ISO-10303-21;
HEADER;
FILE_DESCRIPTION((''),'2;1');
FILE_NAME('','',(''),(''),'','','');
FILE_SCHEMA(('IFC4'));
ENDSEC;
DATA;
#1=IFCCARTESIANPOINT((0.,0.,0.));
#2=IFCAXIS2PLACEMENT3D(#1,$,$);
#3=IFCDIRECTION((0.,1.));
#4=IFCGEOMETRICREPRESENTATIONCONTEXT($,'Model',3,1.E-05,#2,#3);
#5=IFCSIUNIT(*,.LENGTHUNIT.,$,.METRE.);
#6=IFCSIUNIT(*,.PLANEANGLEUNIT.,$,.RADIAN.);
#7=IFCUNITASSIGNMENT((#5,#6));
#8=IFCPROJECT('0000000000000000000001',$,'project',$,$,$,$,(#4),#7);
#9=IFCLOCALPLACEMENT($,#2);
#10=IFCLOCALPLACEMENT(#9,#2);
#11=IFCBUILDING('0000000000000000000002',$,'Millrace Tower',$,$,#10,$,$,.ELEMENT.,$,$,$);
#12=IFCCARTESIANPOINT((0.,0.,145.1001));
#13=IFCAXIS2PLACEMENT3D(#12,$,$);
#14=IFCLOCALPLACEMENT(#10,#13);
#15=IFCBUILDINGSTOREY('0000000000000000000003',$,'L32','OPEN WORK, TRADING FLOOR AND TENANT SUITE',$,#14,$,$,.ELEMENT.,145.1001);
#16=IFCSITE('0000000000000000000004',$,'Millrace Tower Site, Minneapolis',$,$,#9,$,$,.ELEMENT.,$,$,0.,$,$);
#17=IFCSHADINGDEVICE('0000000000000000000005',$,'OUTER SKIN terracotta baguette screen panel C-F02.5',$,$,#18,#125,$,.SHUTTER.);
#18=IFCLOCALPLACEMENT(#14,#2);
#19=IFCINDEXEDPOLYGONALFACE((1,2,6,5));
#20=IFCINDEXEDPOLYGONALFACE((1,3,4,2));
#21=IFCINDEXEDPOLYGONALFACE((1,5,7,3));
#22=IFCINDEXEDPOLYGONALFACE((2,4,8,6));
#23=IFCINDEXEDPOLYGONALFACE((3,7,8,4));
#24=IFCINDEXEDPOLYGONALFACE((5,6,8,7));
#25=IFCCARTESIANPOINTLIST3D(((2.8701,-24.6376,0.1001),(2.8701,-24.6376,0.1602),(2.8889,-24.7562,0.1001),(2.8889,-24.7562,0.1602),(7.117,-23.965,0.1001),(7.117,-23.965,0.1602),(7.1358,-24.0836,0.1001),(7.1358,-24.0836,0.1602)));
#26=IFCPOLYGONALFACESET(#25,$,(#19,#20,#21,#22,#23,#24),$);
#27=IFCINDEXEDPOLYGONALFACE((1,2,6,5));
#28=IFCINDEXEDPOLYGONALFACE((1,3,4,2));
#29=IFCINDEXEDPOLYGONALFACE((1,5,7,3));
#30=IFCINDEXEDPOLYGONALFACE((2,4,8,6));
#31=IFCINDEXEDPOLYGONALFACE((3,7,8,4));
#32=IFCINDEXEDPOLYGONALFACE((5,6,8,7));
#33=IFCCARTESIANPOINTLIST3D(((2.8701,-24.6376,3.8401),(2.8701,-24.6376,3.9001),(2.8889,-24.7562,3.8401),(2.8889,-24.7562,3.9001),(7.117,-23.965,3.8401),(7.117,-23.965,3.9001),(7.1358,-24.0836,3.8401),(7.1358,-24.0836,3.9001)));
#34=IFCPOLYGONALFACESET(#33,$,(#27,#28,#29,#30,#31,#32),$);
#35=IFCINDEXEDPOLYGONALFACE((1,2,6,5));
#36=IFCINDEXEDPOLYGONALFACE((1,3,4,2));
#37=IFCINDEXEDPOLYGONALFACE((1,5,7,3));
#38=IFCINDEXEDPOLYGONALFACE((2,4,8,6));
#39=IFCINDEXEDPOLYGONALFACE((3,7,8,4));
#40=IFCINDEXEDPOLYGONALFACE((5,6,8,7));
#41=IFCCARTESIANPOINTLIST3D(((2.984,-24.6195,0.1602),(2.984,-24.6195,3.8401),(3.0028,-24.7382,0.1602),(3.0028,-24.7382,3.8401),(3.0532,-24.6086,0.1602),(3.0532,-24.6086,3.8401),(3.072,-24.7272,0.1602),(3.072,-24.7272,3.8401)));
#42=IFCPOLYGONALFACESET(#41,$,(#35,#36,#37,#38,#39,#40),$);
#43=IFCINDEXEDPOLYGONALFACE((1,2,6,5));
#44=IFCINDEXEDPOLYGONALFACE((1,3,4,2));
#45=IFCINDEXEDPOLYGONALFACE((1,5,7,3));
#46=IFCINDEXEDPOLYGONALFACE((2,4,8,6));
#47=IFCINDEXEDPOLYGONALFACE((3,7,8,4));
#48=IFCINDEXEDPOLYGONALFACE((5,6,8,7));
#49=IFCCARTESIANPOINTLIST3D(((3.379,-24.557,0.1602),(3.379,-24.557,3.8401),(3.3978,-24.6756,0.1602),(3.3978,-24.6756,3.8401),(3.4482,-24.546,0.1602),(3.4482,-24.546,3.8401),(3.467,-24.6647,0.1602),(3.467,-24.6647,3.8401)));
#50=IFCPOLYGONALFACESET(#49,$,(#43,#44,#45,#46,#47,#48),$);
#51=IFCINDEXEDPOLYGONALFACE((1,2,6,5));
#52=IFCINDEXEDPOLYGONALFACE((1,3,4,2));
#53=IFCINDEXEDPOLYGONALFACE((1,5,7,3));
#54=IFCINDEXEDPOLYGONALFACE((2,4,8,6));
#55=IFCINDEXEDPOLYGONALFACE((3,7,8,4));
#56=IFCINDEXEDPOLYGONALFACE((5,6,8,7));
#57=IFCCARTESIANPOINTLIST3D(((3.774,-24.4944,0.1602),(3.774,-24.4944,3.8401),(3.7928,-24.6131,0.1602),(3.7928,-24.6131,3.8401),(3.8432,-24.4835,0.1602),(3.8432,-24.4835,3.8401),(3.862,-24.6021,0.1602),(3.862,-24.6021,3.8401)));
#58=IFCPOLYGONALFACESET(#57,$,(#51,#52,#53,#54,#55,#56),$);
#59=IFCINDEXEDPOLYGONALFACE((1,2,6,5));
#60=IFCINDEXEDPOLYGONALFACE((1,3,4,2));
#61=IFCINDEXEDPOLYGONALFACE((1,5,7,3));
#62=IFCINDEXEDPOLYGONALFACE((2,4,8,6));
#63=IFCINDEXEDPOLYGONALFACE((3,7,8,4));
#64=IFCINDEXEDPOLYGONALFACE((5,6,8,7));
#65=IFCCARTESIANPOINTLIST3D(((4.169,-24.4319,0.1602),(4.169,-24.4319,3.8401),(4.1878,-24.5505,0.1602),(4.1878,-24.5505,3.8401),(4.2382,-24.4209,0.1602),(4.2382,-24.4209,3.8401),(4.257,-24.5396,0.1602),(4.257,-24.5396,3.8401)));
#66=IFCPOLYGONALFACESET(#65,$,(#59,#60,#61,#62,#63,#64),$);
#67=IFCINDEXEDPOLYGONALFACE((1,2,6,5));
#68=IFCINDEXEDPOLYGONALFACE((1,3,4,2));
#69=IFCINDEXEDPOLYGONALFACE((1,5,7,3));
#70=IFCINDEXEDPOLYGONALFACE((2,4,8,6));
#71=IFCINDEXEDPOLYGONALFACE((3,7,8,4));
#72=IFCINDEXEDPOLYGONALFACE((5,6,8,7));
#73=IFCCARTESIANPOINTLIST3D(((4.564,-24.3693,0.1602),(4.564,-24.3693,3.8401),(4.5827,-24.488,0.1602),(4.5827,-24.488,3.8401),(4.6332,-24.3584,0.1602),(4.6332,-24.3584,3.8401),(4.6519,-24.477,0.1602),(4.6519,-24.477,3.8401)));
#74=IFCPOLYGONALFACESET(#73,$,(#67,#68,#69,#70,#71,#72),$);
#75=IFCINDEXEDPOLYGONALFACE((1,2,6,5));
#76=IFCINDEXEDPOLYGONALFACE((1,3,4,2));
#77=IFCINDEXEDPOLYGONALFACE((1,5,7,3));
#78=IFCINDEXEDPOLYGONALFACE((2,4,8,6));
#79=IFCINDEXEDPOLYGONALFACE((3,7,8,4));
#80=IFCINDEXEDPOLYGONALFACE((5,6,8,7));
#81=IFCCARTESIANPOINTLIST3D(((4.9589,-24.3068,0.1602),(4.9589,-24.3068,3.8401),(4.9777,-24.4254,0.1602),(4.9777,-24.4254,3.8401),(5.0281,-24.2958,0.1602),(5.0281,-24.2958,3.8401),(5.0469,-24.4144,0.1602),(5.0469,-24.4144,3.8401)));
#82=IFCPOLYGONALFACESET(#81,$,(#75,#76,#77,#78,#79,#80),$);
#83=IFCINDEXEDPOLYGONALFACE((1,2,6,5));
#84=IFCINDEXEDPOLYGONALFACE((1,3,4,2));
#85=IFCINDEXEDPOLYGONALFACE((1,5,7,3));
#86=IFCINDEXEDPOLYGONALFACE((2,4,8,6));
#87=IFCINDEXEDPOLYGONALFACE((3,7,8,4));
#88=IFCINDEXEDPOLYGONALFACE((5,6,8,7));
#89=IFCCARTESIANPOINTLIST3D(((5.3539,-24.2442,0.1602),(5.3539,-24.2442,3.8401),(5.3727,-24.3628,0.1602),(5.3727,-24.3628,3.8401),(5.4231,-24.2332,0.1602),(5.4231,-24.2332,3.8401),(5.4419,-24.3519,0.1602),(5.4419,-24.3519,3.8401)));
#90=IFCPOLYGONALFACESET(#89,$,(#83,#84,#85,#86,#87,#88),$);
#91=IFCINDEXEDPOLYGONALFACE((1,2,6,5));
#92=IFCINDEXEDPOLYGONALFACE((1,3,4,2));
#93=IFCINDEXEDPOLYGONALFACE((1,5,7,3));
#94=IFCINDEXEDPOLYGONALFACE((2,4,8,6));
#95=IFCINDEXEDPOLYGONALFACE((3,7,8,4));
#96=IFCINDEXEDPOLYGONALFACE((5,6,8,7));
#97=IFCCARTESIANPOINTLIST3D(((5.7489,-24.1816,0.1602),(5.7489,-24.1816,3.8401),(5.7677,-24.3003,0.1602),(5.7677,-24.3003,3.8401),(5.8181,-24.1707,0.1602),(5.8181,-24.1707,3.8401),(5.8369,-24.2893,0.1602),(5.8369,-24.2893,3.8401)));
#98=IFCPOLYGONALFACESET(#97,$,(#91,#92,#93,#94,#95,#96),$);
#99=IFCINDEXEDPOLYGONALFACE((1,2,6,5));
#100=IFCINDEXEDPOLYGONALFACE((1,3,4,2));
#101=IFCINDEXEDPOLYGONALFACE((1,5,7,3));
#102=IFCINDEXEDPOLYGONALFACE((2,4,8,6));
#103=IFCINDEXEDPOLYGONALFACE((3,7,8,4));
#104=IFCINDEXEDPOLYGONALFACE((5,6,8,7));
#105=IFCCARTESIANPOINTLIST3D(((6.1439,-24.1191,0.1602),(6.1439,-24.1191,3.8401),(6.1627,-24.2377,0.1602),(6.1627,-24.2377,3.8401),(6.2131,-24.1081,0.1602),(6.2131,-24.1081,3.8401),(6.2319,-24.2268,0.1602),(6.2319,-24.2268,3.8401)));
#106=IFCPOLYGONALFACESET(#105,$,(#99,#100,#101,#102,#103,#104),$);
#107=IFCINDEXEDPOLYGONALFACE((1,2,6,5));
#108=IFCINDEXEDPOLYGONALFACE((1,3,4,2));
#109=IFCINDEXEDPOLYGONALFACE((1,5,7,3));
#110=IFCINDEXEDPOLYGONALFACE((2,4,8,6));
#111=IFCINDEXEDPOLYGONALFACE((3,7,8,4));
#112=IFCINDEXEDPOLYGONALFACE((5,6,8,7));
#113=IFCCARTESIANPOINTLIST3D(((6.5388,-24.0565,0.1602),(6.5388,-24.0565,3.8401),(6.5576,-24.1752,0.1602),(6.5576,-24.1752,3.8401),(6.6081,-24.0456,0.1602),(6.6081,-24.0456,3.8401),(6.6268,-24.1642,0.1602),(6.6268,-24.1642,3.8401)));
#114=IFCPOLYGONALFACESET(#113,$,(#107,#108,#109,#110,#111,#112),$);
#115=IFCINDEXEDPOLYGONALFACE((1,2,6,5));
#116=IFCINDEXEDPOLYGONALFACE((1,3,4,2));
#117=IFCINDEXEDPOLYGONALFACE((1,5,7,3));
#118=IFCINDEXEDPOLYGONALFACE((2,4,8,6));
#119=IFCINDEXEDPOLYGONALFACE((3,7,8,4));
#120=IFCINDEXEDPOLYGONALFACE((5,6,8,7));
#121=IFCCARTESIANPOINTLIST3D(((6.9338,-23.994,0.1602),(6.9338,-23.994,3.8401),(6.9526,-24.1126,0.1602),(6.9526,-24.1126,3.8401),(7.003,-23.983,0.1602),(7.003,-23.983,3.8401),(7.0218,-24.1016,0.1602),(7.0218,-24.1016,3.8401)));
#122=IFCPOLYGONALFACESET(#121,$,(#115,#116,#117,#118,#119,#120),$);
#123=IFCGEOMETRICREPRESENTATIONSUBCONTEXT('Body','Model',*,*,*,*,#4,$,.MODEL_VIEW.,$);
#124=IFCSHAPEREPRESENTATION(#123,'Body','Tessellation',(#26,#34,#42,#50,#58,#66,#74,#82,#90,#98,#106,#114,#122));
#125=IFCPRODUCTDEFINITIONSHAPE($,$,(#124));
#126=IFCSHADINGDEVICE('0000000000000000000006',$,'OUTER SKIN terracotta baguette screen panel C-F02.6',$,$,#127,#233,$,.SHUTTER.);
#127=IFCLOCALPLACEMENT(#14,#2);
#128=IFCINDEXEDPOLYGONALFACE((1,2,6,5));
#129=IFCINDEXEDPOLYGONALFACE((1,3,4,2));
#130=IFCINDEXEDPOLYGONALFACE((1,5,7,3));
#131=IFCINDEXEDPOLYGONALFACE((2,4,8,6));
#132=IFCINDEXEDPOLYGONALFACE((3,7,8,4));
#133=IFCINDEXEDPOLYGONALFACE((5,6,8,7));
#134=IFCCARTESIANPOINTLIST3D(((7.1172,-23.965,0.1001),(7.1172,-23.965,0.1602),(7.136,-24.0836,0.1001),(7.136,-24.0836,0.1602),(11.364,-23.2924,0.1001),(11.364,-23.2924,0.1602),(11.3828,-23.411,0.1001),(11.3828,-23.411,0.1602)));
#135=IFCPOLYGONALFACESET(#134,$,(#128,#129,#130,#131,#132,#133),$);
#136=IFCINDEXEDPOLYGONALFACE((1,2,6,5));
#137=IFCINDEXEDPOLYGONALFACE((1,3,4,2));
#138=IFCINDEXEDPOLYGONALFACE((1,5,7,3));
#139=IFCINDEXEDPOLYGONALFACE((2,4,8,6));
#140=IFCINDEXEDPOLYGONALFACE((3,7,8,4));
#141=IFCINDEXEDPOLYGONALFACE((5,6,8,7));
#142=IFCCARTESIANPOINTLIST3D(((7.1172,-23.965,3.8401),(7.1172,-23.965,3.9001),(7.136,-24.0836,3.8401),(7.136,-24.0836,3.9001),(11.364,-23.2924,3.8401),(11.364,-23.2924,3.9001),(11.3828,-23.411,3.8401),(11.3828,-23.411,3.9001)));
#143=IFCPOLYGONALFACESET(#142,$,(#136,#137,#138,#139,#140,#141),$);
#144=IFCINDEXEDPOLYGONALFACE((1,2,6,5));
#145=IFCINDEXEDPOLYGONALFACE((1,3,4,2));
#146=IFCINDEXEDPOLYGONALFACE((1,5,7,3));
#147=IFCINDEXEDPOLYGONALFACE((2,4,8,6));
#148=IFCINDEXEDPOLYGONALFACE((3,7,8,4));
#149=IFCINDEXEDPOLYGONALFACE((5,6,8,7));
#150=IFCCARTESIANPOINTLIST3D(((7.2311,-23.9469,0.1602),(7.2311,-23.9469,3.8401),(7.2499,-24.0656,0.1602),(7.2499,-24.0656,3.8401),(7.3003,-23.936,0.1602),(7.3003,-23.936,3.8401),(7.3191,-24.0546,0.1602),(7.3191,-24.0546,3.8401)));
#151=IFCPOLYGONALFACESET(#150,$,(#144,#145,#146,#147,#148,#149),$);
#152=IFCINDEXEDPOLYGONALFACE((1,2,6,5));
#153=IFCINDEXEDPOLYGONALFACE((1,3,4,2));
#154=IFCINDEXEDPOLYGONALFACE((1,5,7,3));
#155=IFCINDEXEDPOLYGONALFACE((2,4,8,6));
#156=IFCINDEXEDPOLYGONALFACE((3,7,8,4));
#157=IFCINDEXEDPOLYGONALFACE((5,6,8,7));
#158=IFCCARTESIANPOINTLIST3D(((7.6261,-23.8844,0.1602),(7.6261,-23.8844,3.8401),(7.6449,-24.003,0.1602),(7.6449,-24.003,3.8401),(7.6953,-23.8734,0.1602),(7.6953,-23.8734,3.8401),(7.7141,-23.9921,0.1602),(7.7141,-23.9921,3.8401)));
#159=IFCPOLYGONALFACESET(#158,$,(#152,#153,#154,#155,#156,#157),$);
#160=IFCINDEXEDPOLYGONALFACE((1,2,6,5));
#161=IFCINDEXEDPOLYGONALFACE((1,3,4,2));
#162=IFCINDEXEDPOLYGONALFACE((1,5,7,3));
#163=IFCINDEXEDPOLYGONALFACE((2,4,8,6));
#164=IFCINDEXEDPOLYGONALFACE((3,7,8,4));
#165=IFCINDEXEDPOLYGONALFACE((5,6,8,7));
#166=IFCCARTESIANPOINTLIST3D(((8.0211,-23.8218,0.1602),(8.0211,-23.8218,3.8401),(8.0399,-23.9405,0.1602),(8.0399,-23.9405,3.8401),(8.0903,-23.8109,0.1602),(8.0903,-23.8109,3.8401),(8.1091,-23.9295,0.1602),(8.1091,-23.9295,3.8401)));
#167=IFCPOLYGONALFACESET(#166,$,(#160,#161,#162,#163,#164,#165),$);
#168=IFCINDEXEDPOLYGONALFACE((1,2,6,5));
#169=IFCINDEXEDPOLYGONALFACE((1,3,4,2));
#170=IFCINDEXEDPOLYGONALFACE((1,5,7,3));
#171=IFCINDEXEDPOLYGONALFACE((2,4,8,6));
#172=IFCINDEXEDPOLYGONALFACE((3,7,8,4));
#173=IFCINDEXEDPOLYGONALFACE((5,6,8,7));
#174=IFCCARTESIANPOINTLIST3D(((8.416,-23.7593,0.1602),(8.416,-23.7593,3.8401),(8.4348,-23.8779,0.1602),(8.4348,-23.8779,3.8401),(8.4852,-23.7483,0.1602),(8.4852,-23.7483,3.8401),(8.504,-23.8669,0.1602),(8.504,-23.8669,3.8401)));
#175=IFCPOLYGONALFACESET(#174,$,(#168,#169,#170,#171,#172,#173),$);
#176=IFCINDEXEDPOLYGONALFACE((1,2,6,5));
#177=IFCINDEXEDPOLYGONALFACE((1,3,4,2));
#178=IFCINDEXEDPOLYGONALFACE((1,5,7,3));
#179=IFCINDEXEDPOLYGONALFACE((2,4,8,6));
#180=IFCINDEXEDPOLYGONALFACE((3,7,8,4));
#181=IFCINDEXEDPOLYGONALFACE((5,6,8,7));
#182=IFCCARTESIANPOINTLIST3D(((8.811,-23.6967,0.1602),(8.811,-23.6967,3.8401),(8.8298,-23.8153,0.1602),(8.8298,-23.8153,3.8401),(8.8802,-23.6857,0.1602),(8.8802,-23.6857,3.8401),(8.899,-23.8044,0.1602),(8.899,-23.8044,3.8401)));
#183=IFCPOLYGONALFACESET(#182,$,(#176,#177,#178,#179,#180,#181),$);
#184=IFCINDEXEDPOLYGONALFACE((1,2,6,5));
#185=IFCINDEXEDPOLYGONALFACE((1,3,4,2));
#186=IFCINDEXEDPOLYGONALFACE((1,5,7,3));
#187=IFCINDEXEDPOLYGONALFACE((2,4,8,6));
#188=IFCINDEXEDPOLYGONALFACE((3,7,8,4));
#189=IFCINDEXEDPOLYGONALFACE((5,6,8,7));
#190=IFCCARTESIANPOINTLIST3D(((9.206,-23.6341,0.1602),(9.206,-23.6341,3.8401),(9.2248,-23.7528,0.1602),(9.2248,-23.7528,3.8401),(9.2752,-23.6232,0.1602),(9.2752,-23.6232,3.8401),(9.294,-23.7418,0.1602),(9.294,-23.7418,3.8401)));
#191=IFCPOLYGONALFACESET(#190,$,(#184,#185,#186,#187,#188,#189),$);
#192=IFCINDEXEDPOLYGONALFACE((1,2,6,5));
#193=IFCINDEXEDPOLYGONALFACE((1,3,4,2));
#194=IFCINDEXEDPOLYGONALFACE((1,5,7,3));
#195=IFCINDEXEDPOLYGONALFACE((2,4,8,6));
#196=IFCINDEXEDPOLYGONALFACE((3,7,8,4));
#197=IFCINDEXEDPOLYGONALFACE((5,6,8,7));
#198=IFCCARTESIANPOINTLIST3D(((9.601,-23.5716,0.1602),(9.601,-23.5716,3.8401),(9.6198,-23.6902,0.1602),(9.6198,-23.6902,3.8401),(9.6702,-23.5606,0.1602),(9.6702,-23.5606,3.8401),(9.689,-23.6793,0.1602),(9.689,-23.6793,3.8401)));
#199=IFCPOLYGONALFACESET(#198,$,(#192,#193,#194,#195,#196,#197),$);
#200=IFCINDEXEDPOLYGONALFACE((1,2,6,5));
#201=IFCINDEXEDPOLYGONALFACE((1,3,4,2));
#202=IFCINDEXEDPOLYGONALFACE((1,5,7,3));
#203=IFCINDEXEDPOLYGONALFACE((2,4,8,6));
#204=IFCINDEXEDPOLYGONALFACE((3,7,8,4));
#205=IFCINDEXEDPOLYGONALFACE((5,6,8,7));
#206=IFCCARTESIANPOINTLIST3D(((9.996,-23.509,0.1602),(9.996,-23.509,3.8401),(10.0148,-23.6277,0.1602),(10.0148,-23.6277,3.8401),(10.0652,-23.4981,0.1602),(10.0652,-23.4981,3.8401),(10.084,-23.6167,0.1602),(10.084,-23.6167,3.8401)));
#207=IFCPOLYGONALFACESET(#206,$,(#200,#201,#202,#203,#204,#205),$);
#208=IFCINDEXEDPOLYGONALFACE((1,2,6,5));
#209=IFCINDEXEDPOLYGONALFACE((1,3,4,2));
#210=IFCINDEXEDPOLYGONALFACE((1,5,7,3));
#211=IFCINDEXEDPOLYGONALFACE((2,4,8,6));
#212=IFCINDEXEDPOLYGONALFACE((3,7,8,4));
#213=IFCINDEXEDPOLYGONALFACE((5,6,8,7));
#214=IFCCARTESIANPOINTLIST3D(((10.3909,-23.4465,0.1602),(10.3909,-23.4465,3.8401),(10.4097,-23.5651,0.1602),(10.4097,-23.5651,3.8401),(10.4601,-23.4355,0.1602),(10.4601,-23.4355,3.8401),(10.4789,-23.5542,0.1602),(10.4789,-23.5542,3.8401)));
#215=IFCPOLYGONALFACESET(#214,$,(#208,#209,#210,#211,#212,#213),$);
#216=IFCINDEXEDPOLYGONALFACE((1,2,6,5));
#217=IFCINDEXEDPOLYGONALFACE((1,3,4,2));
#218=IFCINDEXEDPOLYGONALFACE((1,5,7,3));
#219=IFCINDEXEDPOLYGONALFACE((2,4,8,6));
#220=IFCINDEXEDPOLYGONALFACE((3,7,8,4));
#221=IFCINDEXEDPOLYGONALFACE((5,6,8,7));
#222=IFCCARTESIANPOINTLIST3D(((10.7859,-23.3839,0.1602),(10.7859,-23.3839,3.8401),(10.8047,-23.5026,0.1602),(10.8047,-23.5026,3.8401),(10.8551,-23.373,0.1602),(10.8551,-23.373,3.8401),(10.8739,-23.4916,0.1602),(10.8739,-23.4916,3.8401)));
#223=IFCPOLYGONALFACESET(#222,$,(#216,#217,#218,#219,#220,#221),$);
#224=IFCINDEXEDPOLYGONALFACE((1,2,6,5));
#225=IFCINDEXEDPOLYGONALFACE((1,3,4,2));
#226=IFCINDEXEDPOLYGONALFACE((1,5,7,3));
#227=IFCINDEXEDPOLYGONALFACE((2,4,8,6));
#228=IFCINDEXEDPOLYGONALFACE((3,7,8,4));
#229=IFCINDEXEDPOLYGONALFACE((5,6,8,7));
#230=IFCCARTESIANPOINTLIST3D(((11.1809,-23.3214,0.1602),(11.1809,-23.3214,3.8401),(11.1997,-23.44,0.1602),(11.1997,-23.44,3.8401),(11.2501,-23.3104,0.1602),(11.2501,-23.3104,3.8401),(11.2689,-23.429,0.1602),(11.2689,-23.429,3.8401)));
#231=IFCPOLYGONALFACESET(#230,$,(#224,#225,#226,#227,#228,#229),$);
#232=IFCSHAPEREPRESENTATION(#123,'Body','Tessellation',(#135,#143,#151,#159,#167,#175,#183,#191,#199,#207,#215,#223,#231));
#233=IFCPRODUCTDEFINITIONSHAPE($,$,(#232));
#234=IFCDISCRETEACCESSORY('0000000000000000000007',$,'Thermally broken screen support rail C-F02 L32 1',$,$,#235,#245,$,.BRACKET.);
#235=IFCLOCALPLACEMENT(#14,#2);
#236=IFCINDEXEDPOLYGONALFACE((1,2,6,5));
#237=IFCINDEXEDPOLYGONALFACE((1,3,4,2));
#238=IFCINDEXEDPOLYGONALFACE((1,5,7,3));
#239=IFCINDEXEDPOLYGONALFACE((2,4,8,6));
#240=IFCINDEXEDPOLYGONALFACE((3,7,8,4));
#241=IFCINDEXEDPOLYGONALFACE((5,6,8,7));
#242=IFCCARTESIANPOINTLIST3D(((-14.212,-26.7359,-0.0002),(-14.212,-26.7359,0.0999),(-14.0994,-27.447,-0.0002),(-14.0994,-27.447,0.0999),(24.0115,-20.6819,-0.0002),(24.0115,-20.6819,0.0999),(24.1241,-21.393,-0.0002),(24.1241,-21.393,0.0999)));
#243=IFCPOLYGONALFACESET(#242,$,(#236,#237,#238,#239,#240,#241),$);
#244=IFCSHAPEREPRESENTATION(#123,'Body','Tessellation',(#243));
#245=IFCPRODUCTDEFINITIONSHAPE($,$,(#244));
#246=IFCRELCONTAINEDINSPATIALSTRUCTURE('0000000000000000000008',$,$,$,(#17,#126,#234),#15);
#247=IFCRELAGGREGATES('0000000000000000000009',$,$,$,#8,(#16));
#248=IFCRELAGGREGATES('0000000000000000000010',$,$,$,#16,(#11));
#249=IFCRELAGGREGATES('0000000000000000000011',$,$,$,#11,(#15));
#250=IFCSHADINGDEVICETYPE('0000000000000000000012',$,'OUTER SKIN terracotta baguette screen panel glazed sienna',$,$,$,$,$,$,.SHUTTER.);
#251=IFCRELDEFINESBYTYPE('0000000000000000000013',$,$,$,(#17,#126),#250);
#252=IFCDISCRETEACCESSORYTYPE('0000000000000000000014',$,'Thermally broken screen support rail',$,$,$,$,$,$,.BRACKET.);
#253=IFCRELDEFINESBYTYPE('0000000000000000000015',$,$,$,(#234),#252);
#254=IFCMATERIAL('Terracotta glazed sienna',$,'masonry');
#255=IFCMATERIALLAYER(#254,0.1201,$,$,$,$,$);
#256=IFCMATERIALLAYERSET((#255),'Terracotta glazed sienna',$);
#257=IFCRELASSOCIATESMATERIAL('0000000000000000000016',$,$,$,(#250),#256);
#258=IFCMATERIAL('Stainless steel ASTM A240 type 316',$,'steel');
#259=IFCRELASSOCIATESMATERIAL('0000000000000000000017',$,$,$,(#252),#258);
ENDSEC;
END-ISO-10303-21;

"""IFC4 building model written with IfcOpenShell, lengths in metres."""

from ifc_helpers import new_model, entity, si_unit, direction, frame, frame_2d, origin, origin_2d, place, context, subcontext, project, spatial, rectangle, extrude, source, transform, mapped, material, layer, layer_set, type_object, element, save


model = new_model("IFC4")

# Units and contexts
model_context = context("Model", 3, precision=1e-05, world=origin(), true_north=direction((0.0, 1.0)))
body_context = subcontext(model_context, "Body", "Model", "MODEL_VIEW")
ifc_project = project(units=[si_unit("LENGTHUNIT", "METRE"), si_unit("PLANEANGLEUNIT", "RADIAN")], contexts=[model_context])

# Site, building, storey
site_placement = place(None, origin())
site = spatial("IfcSite", under=ifc_project, at=site_placement, Name="Millrace Tower Site, Minneapolis", CompositionType="ELEMENT", RefElevation=0.0)
building_placement = place(site_placement, origin())
building = spatial("IfcBuilding", under=site, at=building_placement, Name="Millrace Tower", CompositionType="ELEMENT")
storey_placement = place(building_placement, frame((0.0, 0.0, 145.1001)))
storey = spatial("IfcBuildingStorey", under=building, at=storey_placement, Name="L32", Description="OPEN WORK, TRADING FLOOR AND TENANT SUITE", CompositionType="ELEMENT", Elevation=145.1001)

# Shading devices
ifc_material_1 = material(Name="Terracotta glazed sienna", Category="masonry")
ifc_layer_1 = layer(ifc_material_1, 0.1201)
ifc_layer_set_1 = layer_set([ifc_layer_1], Name="Terracotta glazed sienna")
shading_device_type = type_object("IfcShadingDeviceType", Name="OUTER SKIN terracotta baguette screen panel glazed sienna", PredefinedType="SHUTTER", material=ifc_layer_set_1)
cartesian_point = entity("IfcCartesianPoint", [-2.1499, 0.0601])
shared_polyline = entity("IfcPolyline", [cartesian_point, entity("IfcCartesianPoint", [2.1499, 0.0601]), entity("IfcCartesianPoint", [2.1499, -0.0601]), entity("IfcCartesianPoint", [-2.1499, -0.0601]), cartesian_point])
shared_shape = source(origin(), body_context, "Body", "SweptSolid", [
    entity("IfcExtrudedAreaSolid", entity("IfcArbitraryClosedProfileDef", "AREA", None, shared_polyline), entity("IfcAxis2Placement3D", entity("IfcCartesianPoint", [0.0, 0.0, 0.0])), entity("IfcDirection", [0.0, 0.0, 1.0]), 0.0601),
    entity("IfcExtrudedAreaSolid", entity("IfcArbitraryClosedProfileDef", "AREA", None, shared_polyline), entity("IfcAxis2Placement3D", entity("IfcCartesianPoint", [0.0, 0.0, 3.74])), entity("IfcDirection", [0.0, 0.0, 1.0]), 0.0601),
    extrude(rectangle(XDim=0.0701, YDim=0.1201, at=frame_2d((-1.9995, 0.0))), frame((0.0, 0.0, 0.0601)), (0.0, 0.0, 1.0), 3.6799),
    extrude(rectangle(XDim=0.0701, YDim=0.1201, at=frame_2d((-1.5996, 0.0))), frame((0.0, 0.0, 0.0601)), (0.0, 0.0, 1.0), 3.6799),
    extrude(rectangle(XDim=0.0701, YDim=0.1201, at=frame_2d((-1.1997, 0.0))), frame((0.0, 0.0, 0.0601)), (0.0, 0.0, 1.0), 3.6799),
    extrude(rectangle(XDim=0.0701, YDim=0.1201, at=frame_2d((-0.7998, 0.0))), frame((0.0, 0.0, 0.0601)), (0.0, 0.0, 1.0), 3.6799),
    extrude(rectangle(XDim=0.0701, YDim=0.1201, at=frame_2d((-0.3999, 0.0))), frame((0.0, 0.0, 0.0601)), (0.0, 0.0, 1.0), 3.6799),
    extrude(rectangle(XDim=0.0701, YDim=0.1201, at=origin_2d()), frame((0.0, 0.0, 0.0601)), (0.0, 0.0, 1.0), 3.6799),
    extrude(rectangle(XDim=0.0701, YDim=0.1201, at=frame_2d((0.3999, 0.0))), frame((0.0, 0.0, 0.0601)), (0.0, 0.0, 1.0), 3.6799),
    extrude(rectangle(XDim=0.0701, YDim=0.1201, at=frame_2d((0.7998, 0.0))), frame((0.0, 0.0, 0.0601)), (0.0, 0.0, 1.0), 3.6799),
    extrude(rectangle(XDim=0.0701, YDim=0.1201, at=frame_2d((1.1997, 0.0))), frame((0.0, 0.0, 0.0601)), (0.0, 0.0, 1.0), 3.6799),
    extrude(rectangle(XDim=0.0701, YDim=0.1201, at=frame_2d((1.5996, 0.0))), frame((0.0, 0.0, 0.0601)), (0.0, 0.0, 1.0), 3.6799),
    extrude(rectangle(XDim=0.0701, YDim=0.1201, at=frame_2d((1.9995, 0.0))), frame((0.0, 0.0, 0.0601)), (0.0, 0.0, 1.0), 3.6799),
])
for number, where, z_axis, x_axis, name in (
    (1, (5.0029, -24.3606, 0.1001), (0.0, 0.0, 1.0), (0.987688, 0.156434, 0.0), "OUTER SKIN terracotta baguette screen panel C-F02.5"),
    (2, (9.25, -23.688, 0.1001), (0.0, 0.0, 1.0), (0.987688, 0.156434, 0.0), "OUTER SKIN terracotta baguette screen panel C-F02.6"),
):
    element("IfcShadingDevice", number, at=place(storey_placement, frame(where, z_axis=z_axis, x_axis=x_axis)), inside=storey, type_object=shading_device_type, Name=name, PredefinedType="SHUTTER", context=body_context, shape_type="MappedRepresentation", body=[
        mapped(shared_shape, transform((0.0, 0.0, 0.0), scale=1.0)),
    ])

# Discrete accessory
ifc_material_2 = material(Name="Stainless steel ASTM A240 type 316", Category="steel")
discrete_accessory_type = type_object("IfcDiscreteAccessoryType", Name="Thermally broken screen support rail", PredefinedType="BRACKET", material=ifc_material_2)
discrete_accessory_placement = place(storey_placement, frame((4.9561, -24.0645, -0.0002), z_axis=(0.0, 0.0, 1.0), x_axis=(0.987688, 0.156434, 0.0)))
element("IfcDiscreteAccessory", 3, at=discrete_accessory_placement, inside=storey, type_object=discrete_accessory_type, Name="Thermally broken screen support rail C-F02 L32 1", PredefinedType="BRACKET", context=body_context, shape_type="SweptSolid", body=[
    extrude(rectangle(XDim=38.7, YDim=0.72, at=origin_2d()), origin(), (0.0, 0.0, 1.0), 0.1001),
])

save(model, "model.ifc")
